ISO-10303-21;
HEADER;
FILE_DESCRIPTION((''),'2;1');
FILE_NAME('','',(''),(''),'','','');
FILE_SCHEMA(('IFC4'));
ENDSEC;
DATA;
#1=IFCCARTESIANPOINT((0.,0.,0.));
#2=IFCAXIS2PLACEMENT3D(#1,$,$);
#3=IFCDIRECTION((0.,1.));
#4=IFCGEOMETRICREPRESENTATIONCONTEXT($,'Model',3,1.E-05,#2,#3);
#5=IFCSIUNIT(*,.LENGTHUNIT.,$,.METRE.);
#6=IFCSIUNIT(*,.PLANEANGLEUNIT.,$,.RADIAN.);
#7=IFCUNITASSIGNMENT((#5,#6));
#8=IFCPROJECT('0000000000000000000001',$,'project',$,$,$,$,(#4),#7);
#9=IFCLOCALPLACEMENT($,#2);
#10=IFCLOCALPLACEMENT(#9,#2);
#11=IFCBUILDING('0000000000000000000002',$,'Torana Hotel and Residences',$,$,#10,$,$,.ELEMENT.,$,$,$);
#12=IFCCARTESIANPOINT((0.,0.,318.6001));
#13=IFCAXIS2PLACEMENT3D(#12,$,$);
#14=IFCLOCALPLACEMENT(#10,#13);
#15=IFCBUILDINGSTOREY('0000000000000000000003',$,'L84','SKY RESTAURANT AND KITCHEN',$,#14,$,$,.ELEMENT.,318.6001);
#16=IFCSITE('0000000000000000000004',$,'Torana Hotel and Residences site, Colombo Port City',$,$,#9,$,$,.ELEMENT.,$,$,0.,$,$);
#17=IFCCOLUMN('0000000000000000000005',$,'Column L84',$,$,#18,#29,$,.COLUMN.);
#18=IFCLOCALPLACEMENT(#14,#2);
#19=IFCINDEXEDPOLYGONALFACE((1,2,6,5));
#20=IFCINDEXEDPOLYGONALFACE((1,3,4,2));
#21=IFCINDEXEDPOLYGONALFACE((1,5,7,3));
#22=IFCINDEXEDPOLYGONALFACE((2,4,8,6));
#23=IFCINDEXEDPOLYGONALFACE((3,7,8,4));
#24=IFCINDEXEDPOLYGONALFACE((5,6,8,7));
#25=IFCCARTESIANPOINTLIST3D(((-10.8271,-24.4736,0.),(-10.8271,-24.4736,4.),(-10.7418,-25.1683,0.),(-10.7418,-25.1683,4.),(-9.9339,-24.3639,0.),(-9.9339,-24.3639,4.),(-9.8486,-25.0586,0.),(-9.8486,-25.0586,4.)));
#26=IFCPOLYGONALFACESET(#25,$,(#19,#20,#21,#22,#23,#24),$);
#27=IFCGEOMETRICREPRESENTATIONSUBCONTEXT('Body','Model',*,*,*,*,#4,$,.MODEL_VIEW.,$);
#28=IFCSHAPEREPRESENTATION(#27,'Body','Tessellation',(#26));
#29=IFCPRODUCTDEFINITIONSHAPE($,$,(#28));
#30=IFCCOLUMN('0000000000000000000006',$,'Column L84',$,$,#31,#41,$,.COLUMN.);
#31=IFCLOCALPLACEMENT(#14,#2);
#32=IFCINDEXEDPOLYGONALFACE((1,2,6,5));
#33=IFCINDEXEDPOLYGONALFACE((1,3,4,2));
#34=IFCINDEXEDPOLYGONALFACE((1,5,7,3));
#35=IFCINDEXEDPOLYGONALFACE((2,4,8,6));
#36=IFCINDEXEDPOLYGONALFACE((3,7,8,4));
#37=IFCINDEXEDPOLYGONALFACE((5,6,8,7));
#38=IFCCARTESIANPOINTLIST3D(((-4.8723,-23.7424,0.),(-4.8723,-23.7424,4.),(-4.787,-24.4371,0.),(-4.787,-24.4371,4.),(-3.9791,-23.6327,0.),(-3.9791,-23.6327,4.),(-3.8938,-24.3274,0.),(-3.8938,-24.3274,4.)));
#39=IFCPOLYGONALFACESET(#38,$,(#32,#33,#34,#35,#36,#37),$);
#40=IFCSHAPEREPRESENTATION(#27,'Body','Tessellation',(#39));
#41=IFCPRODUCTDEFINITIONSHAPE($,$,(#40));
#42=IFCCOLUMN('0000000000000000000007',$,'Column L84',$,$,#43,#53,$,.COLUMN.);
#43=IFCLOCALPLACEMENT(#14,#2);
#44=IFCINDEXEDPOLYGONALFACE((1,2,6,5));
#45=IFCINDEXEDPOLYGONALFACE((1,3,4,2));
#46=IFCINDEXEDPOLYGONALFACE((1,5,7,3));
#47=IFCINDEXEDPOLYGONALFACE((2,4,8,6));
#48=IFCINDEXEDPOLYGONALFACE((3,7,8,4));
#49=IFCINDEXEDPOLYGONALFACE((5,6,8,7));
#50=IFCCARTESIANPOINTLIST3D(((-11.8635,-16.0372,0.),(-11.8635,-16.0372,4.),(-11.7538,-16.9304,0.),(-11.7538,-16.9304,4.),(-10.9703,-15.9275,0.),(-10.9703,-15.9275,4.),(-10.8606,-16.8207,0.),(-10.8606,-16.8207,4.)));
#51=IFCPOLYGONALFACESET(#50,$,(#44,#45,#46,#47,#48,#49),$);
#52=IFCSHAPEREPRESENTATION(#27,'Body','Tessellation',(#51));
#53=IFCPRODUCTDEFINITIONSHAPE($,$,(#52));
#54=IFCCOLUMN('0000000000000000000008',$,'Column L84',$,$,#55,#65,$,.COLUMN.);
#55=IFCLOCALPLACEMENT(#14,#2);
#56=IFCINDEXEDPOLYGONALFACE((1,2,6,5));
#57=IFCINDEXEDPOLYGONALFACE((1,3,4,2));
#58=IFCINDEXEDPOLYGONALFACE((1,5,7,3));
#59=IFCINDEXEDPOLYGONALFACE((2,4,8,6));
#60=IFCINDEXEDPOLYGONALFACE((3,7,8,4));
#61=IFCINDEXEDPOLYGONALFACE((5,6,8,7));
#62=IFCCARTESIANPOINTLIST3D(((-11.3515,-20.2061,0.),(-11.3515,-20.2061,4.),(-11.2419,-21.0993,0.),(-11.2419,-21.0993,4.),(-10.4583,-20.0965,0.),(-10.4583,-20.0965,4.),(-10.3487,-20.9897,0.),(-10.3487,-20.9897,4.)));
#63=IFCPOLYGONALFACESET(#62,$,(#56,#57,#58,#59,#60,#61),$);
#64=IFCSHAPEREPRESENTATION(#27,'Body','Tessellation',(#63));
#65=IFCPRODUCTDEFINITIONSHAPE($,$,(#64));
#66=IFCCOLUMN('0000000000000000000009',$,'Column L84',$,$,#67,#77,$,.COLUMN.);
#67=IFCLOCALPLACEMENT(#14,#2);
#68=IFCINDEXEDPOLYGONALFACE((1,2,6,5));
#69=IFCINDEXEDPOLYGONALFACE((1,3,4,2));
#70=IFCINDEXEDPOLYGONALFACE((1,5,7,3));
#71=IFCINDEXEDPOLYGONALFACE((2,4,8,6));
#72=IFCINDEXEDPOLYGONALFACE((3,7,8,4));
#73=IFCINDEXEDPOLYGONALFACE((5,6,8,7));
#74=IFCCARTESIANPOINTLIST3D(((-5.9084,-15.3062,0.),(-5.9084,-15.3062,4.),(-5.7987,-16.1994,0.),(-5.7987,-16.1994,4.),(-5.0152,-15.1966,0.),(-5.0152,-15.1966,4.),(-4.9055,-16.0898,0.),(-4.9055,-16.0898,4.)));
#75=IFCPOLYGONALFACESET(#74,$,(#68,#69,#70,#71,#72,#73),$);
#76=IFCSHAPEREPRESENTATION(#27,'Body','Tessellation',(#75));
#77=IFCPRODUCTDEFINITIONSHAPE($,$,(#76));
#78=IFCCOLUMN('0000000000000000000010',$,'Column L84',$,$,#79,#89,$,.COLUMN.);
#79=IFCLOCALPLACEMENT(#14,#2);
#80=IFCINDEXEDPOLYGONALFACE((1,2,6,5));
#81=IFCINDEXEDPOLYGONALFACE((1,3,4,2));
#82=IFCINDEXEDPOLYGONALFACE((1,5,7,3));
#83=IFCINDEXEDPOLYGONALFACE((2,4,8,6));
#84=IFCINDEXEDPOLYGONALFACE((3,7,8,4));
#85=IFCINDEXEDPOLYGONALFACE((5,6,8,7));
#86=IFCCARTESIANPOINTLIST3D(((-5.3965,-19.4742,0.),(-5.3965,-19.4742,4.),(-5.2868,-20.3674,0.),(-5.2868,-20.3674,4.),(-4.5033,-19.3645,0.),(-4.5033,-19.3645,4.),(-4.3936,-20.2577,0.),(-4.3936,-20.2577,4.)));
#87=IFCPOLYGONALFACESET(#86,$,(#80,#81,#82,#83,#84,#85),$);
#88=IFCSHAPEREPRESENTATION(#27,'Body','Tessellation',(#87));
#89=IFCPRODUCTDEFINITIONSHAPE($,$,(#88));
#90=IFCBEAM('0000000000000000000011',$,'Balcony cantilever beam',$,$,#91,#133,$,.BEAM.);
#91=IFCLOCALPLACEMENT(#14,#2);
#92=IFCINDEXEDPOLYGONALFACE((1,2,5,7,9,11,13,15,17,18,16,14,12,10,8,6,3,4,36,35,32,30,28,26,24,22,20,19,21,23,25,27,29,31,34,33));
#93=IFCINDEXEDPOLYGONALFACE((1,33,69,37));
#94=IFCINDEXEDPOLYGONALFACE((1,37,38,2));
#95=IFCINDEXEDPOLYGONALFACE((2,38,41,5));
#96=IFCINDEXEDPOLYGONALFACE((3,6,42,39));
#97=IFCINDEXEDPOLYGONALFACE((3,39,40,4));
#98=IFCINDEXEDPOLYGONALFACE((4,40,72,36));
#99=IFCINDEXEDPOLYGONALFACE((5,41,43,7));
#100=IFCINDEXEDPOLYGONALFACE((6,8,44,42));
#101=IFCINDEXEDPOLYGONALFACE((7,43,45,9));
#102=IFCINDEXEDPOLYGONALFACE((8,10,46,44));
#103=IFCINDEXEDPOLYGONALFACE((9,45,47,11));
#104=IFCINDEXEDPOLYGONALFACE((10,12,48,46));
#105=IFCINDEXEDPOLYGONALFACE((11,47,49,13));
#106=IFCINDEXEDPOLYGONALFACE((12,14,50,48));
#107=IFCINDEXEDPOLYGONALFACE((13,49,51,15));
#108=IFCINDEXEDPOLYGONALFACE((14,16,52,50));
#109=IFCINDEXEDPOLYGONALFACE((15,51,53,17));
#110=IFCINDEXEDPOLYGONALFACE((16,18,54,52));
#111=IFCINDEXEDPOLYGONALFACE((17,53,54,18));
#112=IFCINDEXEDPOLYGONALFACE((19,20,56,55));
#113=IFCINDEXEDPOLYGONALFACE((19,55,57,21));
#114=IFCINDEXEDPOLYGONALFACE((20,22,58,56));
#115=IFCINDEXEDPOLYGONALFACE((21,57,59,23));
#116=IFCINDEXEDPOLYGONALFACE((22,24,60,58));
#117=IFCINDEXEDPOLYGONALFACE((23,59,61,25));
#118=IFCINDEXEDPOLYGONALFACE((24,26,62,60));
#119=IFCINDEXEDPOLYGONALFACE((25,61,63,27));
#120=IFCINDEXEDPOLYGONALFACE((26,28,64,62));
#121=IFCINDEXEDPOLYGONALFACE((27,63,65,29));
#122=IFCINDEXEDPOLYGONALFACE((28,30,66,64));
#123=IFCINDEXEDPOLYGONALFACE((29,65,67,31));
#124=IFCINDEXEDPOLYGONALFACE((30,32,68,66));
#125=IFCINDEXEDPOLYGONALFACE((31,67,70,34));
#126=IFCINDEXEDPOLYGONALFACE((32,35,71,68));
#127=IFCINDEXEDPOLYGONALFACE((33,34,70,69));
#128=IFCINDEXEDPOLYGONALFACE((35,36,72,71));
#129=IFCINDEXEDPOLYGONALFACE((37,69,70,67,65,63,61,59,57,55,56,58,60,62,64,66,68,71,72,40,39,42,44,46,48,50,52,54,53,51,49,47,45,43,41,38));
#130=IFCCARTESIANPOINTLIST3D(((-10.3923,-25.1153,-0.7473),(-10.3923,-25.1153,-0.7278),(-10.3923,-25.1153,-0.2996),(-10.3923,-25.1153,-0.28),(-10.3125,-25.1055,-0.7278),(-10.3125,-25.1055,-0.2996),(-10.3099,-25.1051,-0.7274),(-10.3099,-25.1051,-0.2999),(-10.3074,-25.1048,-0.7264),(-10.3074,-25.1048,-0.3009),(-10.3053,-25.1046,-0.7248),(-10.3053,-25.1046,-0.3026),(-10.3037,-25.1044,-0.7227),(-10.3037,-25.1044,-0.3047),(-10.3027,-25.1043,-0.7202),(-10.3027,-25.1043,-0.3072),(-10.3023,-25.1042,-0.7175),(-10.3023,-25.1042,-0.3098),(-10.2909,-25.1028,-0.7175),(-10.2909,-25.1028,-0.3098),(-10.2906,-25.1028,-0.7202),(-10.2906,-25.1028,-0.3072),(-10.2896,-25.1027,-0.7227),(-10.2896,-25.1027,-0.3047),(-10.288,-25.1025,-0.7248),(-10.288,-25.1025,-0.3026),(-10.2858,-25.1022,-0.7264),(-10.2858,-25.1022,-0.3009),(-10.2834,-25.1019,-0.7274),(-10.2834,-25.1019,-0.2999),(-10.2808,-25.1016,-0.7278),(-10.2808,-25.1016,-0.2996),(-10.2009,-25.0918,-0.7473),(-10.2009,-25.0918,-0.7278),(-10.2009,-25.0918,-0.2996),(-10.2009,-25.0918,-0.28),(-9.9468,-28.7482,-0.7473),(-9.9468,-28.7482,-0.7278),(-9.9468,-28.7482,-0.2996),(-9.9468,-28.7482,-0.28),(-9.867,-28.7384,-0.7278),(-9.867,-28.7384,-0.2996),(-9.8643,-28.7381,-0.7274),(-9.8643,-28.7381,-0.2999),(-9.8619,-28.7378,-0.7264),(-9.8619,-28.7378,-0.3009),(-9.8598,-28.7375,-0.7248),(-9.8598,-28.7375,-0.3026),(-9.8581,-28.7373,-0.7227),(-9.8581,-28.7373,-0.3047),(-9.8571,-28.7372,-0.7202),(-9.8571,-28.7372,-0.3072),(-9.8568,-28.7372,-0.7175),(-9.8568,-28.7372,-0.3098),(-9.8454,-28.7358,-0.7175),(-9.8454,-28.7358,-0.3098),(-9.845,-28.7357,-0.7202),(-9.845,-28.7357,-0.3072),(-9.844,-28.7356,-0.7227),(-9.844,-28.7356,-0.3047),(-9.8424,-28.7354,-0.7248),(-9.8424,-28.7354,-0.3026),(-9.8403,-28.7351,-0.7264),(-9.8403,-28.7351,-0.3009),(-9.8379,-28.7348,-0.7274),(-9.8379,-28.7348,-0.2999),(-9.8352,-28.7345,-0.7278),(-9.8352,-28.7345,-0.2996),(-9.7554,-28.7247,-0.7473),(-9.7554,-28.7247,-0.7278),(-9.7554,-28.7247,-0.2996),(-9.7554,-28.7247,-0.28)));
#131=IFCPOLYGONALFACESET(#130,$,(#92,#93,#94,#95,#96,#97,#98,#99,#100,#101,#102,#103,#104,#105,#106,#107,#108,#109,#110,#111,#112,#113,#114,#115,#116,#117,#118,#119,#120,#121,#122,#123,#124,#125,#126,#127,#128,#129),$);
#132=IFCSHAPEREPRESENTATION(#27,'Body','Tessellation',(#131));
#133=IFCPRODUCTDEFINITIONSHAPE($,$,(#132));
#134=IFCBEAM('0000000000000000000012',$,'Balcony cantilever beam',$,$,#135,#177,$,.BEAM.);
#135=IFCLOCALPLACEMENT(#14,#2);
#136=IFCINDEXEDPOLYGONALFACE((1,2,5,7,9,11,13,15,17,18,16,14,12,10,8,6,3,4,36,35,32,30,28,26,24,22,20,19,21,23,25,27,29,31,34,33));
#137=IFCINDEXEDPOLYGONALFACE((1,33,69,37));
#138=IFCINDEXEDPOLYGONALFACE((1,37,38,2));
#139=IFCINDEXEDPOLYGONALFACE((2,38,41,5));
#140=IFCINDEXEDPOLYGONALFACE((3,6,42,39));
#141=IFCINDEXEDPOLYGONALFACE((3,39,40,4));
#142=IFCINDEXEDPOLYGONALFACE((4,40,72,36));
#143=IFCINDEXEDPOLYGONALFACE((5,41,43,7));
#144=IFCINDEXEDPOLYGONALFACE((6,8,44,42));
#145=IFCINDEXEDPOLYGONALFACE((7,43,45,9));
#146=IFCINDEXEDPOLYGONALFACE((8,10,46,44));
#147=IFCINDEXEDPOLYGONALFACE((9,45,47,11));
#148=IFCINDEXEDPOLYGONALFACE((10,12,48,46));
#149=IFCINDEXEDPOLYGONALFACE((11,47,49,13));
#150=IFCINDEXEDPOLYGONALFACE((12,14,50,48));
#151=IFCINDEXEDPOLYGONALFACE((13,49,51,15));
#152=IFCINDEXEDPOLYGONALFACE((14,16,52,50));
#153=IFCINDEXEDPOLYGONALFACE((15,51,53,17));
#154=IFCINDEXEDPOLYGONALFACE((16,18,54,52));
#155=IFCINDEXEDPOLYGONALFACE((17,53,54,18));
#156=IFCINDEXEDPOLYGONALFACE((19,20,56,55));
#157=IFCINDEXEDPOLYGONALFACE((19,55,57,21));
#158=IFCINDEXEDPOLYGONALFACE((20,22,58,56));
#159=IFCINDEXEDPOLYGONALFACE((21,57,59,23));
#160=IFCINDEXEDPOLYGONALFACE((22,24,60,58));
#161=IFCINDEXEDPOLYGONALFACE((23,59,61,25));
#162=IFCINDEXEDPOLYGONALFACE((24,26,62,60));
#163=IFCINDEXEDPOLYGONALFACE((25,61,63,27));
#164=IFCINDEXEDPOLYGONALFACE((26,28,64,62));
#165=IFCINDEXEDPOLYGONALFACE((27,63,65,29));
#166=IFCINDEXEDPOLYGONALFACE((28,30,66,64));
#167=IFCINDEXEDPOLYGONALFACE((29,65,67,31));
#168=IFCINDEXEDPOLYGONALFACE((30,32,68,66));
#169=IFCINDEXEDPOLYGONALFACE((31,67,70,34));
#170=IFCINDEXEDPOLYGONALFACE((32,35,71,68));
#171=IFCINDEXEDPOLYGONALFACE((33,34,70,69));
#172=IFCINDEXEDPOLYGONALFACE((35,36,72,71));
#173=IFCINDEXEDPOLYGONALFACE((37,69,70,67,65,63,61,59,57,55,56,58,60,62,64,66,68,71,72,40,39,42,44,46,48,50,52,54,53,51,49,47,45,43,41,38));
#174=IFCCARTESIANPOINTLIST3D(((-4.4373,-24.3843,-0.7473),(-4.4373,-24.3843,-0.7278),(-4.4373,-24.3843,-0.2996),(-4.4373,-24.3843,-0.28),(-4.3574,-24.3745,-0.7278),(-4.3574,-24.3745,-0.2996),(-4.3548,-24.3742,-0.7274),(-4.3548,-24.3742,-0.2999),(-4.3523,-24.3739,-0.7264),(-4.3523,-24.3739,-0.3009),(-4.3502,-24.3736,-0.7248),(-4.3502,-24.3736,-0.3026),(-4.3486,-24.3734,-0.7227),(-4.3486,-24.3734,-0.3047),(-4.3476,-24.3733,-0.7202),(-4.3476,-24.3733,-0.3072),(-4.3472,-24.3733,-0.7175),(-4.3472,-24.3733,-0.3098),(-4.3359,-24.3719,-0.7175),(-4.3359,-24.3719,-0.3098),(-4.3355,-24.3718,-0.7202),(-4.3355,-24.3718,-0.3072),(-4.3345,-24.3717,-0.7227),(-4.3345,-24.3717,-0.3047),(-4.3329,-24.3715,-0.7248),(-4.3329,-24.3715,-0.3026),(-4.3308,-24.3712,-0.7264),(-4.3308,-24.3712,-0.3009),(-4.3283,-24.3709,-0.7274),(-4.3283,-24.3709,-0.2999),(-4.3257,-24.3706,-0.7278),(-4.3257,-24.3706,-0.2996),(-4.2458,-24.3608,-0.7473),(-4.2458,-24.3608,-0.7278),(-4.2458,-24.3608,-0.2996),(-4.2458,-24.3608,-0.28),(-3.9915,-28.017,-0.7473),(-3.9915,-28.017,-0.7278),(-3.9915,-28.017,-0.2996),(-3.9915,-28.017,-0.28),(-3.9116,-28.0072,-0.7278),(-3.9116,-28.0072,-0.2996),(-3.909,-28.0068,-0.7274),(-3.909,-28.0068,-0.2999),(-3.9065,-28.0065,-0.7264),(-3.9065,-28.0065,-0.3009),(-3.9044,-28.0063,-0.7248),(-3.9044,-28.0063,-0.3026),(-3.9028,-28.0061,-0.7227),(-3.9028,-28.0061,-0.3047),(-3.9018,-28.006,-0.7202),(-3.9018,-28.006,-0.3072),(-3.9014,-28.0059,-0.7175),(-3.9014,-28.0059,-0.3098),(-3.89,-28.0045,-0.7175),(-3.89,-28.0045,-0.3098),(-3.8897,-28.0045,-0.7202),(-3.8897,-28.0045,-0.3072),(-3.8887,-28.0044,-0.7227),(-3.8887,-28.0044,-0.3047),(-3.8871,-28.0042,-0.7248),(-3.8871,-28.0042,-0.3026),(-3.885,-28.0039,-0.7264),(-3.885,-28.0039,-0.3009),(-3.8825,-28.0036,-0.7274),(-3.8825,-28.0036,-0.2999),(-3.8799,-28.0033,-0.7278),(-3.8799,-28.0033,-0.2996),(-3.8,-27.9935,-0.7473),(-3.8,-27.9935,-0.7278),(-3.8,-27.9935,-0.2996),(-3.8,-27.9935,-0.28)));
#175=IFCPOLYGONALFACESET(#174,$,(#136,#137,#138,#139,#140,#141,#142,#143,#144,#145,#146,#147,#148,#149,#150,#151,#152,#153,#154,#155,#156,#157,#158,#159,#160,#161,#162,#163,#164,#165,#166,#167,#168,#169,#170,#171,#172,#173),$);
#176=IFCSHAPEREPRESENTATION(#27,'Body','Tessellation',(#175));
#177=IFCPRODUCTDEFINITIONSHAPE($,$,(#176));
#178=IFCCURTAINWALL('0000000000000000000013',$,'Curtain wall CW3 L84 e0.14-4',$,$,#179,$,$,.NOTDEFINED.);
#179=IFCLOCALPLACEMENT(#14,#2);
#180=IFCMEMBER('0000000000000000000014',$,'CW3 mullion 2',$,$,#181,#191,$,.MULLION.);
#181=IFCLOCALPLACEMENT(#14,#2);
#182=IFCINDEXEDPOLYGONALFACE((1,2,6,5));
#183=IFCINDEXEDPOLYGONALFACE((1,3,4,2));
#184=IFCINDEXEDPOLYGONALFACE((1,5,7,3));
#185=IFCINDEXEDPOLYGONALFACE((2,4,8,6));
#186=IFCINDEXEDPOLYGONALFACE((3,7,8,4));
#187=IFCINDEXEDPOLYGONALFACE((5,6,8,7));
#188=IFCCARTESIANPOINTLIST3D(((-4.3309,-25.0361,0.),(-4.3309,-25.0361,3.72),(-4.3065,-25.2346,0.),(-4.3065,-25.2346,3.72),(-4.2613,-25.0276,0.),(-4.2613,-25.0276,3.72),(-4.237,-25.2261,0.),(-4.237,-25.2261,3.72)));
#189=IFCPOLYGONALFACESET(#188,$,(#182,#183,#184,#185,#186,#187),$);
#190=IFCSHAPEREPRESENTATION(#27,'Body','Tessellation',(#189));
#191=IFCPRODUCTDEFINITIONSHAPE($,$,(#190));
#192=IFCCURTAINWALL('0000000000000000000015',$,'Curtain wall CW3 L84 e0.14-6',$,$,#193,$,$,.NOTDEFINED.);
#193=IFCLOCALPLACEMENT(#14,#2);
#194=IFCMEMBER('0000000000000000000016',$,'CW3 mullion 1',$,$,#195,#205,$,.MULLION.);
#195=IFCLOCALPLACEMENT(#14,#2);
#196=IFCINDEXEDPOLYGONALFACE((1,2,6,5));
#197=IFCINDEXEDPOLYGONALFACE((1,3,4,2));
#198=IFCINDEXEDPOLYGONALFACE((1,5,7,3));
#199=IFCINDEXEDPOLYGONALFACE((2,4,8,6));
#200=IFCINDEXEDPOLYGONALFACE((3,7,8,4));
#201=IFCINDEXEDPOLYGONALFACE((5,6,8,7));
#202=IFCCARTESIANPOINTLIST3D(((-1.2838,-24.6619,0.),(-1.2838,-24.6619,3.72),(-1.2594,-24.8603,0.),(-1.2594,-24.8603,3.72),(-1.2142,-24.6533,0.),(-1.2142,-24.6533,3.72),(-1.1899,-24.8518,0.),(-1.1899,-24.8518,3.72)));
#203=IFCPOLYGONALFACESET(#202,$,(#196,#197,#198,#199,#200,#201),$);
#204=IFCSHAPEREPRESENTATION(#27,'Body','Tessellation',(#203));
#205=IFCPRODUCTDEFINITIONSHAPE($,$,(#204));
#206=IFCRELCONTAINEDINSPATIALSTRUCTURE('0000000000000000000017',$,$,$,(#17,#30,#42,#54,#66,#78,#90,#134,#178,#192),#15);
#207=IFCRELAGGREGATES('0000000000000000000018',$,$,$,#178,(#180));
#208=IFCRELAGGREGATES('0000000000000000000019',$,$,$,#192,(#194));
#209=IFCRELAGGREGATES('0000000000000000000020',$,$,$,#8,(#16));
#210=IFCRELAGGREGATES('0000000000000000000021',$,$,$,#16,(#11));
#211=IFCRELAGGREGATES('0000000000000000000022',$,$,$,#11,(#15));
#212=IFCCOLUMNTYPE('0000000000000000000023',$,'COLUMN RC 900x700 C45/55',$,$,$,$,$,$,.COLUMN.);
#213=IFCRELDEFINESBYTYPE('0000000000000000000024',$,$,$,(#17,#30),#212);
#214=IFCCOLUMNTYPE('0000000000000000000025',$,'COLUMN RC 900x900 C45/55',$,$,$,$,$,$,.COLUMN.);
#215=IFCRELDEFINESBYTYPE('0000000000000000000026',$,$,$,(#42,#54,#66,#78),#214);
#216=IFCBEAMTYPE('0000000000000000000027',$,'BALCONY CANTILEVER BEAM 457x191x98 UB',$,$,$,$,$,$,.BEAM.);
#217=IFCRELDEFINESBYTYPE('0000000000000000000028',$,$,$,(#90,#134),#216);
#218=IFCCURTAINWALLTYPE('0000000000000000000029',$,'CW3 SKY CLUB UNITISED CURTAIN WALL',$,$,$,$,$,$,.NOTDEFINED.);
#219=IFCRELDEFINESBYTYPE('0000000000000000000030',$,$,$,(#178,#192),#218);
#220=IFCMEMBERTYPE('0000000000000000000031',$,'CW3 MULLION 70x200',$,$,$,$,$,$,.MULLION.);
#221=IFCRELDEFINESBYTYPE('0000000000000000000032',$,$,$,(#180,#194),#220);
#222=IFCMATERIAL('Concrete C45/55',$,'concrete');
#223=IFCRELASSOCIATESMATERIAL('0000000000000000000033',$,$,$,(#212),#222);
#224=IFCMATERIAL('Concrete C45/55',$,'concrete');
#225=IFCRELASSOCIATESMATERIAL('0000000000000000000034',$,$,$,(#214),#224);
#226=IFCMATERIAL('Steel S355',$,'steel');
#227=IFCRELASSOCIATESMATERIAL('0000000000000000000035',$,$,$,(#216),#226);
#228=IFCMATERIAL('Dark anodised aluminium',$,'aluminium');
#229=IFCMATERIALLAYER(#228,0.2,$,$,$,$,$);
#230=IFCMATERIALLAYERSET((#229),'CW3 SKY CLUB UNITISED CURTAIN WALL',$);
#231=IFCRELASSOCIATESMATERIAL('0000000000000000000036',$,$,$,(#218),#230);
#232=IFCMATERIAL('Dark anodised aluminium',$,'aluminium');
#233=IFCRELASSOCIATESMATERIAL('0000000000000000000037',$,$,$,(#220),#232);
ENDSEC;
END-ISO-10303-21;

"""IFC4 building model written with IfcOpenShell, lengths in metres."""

from ifc_helpers import new_model, si_unit, direction, frame, origin, origin_2d, place, context, subcontext, project, spatial, rectangle, i_section, extrude, material, layer, layer_set, material_profile, profile_set, type_object, element, aggregate, save


model = new_model("IFC4")

# Units and contexts
model_context = context("Model", 3, precision=1e-05, world=origin(), true_north=direction((0.0, 1.0)))
body_context = subcontext(model_context, "Body", "Model", "MODEL_VIEW")
ifc_project = project(units=[si_unit("LENGTHUNIT", "METRE"), si_unit("PLANEANGLEUNIT", "RADIAN")], contexts=[model_context])

# Site, building, storey
site_placement = place(None, origin())
site = spatial("IfcSite", under=ifc_project, at=site_placement, Name="Torana Hotel and Residences site, Colombo Port City", CompositionType="ELEMENT", RefElevation=0.0)
building_placement = place(site_placement, origin())
building = spatial("IfcBuilding", under=site, at=building_placement, Name="Torana Hotel and Residences", CompositionType="ELEMENT")
storey_placement = place(building_placement, frame((0.0, 0.0, 318.6001)))
storey = spatial("IfcBuildingStorey", under=building, at=storey_placement, Name="L84", Description="SKY RESTAURANT AND KITCHEN", CompositionType="ELEMENT", Elevation=318.6001)

# Columns
ifc_material_1 = material(Name="Concrete C45/55", Category="concrete")
ifc_material_profile_1 = material_profile(ifc_material_1, rectangle(XDim=0.8999, YDim=0.7, at=origin_2d()), Name="RC 900x700")
ifc_profile_set_1 = profile_set([ifc_material_profile_1], Name="Concrete C45/55")
column_type_1 = type_object("IfcColumnType", Name="COLUMN RC 900x700 C45/55", PredefinedType="COLUMN", material=ifc_profile_set_1)
for number, where, z_axis, x_axis, name in (
    (1, (-10.3379, -24.7661, 0.0), (0.0, 0.0, 1.0), (0.992546, 0.121869, 0.0), "Column L84"),
    (2, (-4.3831, -24.0349, 0.0), (0.0, 0.0, 1.0), (0.992546, 0.121869, 0.0), "Column L84"),
):
    element("IfcColumn", number, at=place(storey_placement, frame(where, z_axis=z_axis, x_axis=x_axis)), inside=storey, type_object=column_type_1, Name=name, PredefinedType="COLUMN", context=body_context, shape_type="SweptSolid", body=[
        extrude(rectangle(XDim=0.8999, YDim=0.7, at=origin_2d()), origin(), (0.0, 0.0, 1.0), 4.0),
    ])
ifc_material_2 = material(Name="Concrete C45/55", Category="concrete")
ifc_material_profile_2 = material_profile(ifc_material_2, rectangle(XDim=0.8999, YDim=0.8999, at=origin_2d()), Name="RC 900x900")
ifc_profile_set_2 = profile_set([ifc_material_profile_2], Name="Concrete C45/55")
column_type_2 = type_object("IfcColumnType", Name="COLUMN RC 900x900 C45/55", PredefinedType="COLUMN", material=ifc_profile_set_2)
for number, where, z_axis, x_axis, name in (
    (3, (-11.3621, -16.429, 0.0), (0.0, 0.0, 1.0), (0.992546, 0.121869, 0.0), "Column L84"),
    (4, (-10.8501, -20.5979, 0.0), (0.0, 0.0, 1.0), (0.992546, 0.121869, 0.0), "Column L84"),
    (5, (-5.407, -15.698, 0.0), (0.0, 0.0, 1.0), (0.992546, 0.121869, 0.0), "Column L84"),
    (6, (-4.895, -19.866, 0.0), (0.0, 0.0, 1.0), (0.992546, 0.121869, 0.0), "Column L84"),
):
    element("IfcColumn", number, at=place(storey_placement, frame(where, z_axis=z_axis, x_axis=x_axis)), inside=storey, type_object=column_type_2, Name=name, PredefinedType="COLUMN", context=body_context, shape_type="SweptSolid", body=[
        extrude(rectangle(XDim=0.8999, YDim=0.8999, at=origin_2d()), origin(), (0.0, 0.0, 1.0), 4.0),
    ])

# Beams
ifc_material_3 = material(Name="Steel S355", Category="steel")
ifc_material_profile_3 = material_profile(ifc_material_3, i_section(OverallWidth=0.1929, OverallDepth=0.4673, WebThickness=0.0115, FlangeThickness=0.0195, FilletRadius=0.0103, at=origin_2d()), Name="457x191x98 UB")
ifc_profile_set_3 = profile_set([ifc_material_profile_3], Name="Steel S355")
beam_type_1 = type_object("IfcBeamType", Name="BALCONY CANTILEVER BEAM 457x191x98 UB", PredefinedType="BEAM", material=ifc_profile_set_3)
beam_1_placement = place(storey_placement, frame((-10.2966, -25.1035, -0.5137), z_axis=(0.121728, -0.992564, 0.0), x_axis=(0.992564, 0.121728, 0.0)))
element("IfcBeam", 7, at=beam_1_placement, inside=storey, type_object=beam_type_1, Name="Balcony cantilever beam", PredefinedType="BEAM", context=body_context, shape_type="SweptSolid", body=[
    extrude(i_section(OverallWidth=0.1929, OverallDepth=0.4673, WebThickness=0.0115, FlangeThickness=0.0195, FilletRadius=0.0103, at=origin_2d()), origin(), (0.0, 0.0, 1.0), 3.6602),
])
beam_2_placement = place(storey_placement, frame((-4.3416, -24.3726, -0.5137), z_axis=(0.121809, -0.992554, 0.0), x_axis=(0.992554, 0.121809, 0.0)))
element("IfcBeam", 8, at=beam_2_placement, inside=storey, type_object=beam_type_1, Name="Balcony cantilever beam", PredefinedType="BEAM", context=body_context, shape_type="SweptSolid", body=[
    extrude(i_section(OverallWidth=0.1929, OverallDepth=0.4673, WebThickness=0.0115, FlangeThickness=0.0195, FilletRadius=0.0103, at=origin_2d()), origin(), (0.0, 0.0, 1.0), 3.6599),
])

# Curtain wall, member
ifc_material_4 = material(Name="Dark anodised aluminium", Category="aluminium")
ifc_layer_1 = layer(ifc_material_4, 0.2)
ifc_layer_set_1 = layer_set([ifc_layer_1], Name="CW3 SKY CLUB UNITISED CURTAIN WALL")
curtain_wall_type = type_object("IfcCurtainWallType", Name="CW3 SKY CLUB UNITISED CURTAIN WALL", PredefinedType="NOTDEFINED", material=ifc_layer_set_1)
curtain_wall_1_placement = place(storey_placement, origin())
curtain_wall_1 = element("IfcCurtainWall", 9, at=curtain_wall_1_placement, inside=storey, type_object=curtain_wall_type, Name="Curtain wall CW3 L84 e0.14-4", PredefinedType="NOTDEFINED")
ifc_material_5 = material(Name="Dark anodised aluminium", Category="aluminium")
ifc_material_profile_4 = material_profile(ifc_material_5, rectangle(XDim=0.2, YDim=0.0701, at=origin_2d()), Name="CW3 MULLION 70x200")
ifc_profile_set_4 = profile_set([ifc_material_profile_4], Name="Dark anodised aluminium")
member_type_1 = type_object("IfcMemberType", Name="CW3 MULLION 70x200", PredefinedType="MULLION", material=ifc_profile_set_4)
member_1_placement = place(storey_placement, frame((-4.2839, -25.1311, 0.0), z_axis=(0.0, 0.0, 1.0), x_axis=(-0.121864, 0.992547, 0.0)))
member_1 = element("IfcMember", 10, at=member_1_placement, type_object=member_type_1, Name="CW3 mullion 2", PredefinedType="MULLION", context=body_context, shape_type="SweptSolid", body=[
    extrude(rectangle(XDim=0.2, YDim=0.0701, at=origin_2d()), origin(), (0.0, 0.0, 1.0), 3.72),
])
aggregate(curtain_wall_1, [member_1])

# Curtain wall, member
curtain_wall_2_placement = place(storey_placement, origin())
curtain_wall_2 = element("IfcCurtainWall", 11, at=curtain_wall_2_placement, inside=storey, type_object=curtain_wall_type, Name="Curtain wall CW3 L84 e0.14-6", PredefinedType="NOTDEFINED")
member_2_placement = place(storey_placement, frame((-1.2368, -24.7568, 0.0), z_axis=(0.0, 0.0, 1.0), x_axis=(-0.121864, 0.992547, 0.0)))
member_2 = element("IfcMember", 12, at=member_2_placement, type_object=member_type_1, Name="CW3 mullion 1", PredefinedType="MULLION", context=body_context, shape_type="SweptSolid", body=[
    extrude(rectangle(XDim=0.2, YDim=0.0701, at=origin_2d()), origin(), (0.0, 0.0, 1.0), 3.72),
])
aggregate(curtain_wall_2, [member_2])

save(model, "model.ifc")
